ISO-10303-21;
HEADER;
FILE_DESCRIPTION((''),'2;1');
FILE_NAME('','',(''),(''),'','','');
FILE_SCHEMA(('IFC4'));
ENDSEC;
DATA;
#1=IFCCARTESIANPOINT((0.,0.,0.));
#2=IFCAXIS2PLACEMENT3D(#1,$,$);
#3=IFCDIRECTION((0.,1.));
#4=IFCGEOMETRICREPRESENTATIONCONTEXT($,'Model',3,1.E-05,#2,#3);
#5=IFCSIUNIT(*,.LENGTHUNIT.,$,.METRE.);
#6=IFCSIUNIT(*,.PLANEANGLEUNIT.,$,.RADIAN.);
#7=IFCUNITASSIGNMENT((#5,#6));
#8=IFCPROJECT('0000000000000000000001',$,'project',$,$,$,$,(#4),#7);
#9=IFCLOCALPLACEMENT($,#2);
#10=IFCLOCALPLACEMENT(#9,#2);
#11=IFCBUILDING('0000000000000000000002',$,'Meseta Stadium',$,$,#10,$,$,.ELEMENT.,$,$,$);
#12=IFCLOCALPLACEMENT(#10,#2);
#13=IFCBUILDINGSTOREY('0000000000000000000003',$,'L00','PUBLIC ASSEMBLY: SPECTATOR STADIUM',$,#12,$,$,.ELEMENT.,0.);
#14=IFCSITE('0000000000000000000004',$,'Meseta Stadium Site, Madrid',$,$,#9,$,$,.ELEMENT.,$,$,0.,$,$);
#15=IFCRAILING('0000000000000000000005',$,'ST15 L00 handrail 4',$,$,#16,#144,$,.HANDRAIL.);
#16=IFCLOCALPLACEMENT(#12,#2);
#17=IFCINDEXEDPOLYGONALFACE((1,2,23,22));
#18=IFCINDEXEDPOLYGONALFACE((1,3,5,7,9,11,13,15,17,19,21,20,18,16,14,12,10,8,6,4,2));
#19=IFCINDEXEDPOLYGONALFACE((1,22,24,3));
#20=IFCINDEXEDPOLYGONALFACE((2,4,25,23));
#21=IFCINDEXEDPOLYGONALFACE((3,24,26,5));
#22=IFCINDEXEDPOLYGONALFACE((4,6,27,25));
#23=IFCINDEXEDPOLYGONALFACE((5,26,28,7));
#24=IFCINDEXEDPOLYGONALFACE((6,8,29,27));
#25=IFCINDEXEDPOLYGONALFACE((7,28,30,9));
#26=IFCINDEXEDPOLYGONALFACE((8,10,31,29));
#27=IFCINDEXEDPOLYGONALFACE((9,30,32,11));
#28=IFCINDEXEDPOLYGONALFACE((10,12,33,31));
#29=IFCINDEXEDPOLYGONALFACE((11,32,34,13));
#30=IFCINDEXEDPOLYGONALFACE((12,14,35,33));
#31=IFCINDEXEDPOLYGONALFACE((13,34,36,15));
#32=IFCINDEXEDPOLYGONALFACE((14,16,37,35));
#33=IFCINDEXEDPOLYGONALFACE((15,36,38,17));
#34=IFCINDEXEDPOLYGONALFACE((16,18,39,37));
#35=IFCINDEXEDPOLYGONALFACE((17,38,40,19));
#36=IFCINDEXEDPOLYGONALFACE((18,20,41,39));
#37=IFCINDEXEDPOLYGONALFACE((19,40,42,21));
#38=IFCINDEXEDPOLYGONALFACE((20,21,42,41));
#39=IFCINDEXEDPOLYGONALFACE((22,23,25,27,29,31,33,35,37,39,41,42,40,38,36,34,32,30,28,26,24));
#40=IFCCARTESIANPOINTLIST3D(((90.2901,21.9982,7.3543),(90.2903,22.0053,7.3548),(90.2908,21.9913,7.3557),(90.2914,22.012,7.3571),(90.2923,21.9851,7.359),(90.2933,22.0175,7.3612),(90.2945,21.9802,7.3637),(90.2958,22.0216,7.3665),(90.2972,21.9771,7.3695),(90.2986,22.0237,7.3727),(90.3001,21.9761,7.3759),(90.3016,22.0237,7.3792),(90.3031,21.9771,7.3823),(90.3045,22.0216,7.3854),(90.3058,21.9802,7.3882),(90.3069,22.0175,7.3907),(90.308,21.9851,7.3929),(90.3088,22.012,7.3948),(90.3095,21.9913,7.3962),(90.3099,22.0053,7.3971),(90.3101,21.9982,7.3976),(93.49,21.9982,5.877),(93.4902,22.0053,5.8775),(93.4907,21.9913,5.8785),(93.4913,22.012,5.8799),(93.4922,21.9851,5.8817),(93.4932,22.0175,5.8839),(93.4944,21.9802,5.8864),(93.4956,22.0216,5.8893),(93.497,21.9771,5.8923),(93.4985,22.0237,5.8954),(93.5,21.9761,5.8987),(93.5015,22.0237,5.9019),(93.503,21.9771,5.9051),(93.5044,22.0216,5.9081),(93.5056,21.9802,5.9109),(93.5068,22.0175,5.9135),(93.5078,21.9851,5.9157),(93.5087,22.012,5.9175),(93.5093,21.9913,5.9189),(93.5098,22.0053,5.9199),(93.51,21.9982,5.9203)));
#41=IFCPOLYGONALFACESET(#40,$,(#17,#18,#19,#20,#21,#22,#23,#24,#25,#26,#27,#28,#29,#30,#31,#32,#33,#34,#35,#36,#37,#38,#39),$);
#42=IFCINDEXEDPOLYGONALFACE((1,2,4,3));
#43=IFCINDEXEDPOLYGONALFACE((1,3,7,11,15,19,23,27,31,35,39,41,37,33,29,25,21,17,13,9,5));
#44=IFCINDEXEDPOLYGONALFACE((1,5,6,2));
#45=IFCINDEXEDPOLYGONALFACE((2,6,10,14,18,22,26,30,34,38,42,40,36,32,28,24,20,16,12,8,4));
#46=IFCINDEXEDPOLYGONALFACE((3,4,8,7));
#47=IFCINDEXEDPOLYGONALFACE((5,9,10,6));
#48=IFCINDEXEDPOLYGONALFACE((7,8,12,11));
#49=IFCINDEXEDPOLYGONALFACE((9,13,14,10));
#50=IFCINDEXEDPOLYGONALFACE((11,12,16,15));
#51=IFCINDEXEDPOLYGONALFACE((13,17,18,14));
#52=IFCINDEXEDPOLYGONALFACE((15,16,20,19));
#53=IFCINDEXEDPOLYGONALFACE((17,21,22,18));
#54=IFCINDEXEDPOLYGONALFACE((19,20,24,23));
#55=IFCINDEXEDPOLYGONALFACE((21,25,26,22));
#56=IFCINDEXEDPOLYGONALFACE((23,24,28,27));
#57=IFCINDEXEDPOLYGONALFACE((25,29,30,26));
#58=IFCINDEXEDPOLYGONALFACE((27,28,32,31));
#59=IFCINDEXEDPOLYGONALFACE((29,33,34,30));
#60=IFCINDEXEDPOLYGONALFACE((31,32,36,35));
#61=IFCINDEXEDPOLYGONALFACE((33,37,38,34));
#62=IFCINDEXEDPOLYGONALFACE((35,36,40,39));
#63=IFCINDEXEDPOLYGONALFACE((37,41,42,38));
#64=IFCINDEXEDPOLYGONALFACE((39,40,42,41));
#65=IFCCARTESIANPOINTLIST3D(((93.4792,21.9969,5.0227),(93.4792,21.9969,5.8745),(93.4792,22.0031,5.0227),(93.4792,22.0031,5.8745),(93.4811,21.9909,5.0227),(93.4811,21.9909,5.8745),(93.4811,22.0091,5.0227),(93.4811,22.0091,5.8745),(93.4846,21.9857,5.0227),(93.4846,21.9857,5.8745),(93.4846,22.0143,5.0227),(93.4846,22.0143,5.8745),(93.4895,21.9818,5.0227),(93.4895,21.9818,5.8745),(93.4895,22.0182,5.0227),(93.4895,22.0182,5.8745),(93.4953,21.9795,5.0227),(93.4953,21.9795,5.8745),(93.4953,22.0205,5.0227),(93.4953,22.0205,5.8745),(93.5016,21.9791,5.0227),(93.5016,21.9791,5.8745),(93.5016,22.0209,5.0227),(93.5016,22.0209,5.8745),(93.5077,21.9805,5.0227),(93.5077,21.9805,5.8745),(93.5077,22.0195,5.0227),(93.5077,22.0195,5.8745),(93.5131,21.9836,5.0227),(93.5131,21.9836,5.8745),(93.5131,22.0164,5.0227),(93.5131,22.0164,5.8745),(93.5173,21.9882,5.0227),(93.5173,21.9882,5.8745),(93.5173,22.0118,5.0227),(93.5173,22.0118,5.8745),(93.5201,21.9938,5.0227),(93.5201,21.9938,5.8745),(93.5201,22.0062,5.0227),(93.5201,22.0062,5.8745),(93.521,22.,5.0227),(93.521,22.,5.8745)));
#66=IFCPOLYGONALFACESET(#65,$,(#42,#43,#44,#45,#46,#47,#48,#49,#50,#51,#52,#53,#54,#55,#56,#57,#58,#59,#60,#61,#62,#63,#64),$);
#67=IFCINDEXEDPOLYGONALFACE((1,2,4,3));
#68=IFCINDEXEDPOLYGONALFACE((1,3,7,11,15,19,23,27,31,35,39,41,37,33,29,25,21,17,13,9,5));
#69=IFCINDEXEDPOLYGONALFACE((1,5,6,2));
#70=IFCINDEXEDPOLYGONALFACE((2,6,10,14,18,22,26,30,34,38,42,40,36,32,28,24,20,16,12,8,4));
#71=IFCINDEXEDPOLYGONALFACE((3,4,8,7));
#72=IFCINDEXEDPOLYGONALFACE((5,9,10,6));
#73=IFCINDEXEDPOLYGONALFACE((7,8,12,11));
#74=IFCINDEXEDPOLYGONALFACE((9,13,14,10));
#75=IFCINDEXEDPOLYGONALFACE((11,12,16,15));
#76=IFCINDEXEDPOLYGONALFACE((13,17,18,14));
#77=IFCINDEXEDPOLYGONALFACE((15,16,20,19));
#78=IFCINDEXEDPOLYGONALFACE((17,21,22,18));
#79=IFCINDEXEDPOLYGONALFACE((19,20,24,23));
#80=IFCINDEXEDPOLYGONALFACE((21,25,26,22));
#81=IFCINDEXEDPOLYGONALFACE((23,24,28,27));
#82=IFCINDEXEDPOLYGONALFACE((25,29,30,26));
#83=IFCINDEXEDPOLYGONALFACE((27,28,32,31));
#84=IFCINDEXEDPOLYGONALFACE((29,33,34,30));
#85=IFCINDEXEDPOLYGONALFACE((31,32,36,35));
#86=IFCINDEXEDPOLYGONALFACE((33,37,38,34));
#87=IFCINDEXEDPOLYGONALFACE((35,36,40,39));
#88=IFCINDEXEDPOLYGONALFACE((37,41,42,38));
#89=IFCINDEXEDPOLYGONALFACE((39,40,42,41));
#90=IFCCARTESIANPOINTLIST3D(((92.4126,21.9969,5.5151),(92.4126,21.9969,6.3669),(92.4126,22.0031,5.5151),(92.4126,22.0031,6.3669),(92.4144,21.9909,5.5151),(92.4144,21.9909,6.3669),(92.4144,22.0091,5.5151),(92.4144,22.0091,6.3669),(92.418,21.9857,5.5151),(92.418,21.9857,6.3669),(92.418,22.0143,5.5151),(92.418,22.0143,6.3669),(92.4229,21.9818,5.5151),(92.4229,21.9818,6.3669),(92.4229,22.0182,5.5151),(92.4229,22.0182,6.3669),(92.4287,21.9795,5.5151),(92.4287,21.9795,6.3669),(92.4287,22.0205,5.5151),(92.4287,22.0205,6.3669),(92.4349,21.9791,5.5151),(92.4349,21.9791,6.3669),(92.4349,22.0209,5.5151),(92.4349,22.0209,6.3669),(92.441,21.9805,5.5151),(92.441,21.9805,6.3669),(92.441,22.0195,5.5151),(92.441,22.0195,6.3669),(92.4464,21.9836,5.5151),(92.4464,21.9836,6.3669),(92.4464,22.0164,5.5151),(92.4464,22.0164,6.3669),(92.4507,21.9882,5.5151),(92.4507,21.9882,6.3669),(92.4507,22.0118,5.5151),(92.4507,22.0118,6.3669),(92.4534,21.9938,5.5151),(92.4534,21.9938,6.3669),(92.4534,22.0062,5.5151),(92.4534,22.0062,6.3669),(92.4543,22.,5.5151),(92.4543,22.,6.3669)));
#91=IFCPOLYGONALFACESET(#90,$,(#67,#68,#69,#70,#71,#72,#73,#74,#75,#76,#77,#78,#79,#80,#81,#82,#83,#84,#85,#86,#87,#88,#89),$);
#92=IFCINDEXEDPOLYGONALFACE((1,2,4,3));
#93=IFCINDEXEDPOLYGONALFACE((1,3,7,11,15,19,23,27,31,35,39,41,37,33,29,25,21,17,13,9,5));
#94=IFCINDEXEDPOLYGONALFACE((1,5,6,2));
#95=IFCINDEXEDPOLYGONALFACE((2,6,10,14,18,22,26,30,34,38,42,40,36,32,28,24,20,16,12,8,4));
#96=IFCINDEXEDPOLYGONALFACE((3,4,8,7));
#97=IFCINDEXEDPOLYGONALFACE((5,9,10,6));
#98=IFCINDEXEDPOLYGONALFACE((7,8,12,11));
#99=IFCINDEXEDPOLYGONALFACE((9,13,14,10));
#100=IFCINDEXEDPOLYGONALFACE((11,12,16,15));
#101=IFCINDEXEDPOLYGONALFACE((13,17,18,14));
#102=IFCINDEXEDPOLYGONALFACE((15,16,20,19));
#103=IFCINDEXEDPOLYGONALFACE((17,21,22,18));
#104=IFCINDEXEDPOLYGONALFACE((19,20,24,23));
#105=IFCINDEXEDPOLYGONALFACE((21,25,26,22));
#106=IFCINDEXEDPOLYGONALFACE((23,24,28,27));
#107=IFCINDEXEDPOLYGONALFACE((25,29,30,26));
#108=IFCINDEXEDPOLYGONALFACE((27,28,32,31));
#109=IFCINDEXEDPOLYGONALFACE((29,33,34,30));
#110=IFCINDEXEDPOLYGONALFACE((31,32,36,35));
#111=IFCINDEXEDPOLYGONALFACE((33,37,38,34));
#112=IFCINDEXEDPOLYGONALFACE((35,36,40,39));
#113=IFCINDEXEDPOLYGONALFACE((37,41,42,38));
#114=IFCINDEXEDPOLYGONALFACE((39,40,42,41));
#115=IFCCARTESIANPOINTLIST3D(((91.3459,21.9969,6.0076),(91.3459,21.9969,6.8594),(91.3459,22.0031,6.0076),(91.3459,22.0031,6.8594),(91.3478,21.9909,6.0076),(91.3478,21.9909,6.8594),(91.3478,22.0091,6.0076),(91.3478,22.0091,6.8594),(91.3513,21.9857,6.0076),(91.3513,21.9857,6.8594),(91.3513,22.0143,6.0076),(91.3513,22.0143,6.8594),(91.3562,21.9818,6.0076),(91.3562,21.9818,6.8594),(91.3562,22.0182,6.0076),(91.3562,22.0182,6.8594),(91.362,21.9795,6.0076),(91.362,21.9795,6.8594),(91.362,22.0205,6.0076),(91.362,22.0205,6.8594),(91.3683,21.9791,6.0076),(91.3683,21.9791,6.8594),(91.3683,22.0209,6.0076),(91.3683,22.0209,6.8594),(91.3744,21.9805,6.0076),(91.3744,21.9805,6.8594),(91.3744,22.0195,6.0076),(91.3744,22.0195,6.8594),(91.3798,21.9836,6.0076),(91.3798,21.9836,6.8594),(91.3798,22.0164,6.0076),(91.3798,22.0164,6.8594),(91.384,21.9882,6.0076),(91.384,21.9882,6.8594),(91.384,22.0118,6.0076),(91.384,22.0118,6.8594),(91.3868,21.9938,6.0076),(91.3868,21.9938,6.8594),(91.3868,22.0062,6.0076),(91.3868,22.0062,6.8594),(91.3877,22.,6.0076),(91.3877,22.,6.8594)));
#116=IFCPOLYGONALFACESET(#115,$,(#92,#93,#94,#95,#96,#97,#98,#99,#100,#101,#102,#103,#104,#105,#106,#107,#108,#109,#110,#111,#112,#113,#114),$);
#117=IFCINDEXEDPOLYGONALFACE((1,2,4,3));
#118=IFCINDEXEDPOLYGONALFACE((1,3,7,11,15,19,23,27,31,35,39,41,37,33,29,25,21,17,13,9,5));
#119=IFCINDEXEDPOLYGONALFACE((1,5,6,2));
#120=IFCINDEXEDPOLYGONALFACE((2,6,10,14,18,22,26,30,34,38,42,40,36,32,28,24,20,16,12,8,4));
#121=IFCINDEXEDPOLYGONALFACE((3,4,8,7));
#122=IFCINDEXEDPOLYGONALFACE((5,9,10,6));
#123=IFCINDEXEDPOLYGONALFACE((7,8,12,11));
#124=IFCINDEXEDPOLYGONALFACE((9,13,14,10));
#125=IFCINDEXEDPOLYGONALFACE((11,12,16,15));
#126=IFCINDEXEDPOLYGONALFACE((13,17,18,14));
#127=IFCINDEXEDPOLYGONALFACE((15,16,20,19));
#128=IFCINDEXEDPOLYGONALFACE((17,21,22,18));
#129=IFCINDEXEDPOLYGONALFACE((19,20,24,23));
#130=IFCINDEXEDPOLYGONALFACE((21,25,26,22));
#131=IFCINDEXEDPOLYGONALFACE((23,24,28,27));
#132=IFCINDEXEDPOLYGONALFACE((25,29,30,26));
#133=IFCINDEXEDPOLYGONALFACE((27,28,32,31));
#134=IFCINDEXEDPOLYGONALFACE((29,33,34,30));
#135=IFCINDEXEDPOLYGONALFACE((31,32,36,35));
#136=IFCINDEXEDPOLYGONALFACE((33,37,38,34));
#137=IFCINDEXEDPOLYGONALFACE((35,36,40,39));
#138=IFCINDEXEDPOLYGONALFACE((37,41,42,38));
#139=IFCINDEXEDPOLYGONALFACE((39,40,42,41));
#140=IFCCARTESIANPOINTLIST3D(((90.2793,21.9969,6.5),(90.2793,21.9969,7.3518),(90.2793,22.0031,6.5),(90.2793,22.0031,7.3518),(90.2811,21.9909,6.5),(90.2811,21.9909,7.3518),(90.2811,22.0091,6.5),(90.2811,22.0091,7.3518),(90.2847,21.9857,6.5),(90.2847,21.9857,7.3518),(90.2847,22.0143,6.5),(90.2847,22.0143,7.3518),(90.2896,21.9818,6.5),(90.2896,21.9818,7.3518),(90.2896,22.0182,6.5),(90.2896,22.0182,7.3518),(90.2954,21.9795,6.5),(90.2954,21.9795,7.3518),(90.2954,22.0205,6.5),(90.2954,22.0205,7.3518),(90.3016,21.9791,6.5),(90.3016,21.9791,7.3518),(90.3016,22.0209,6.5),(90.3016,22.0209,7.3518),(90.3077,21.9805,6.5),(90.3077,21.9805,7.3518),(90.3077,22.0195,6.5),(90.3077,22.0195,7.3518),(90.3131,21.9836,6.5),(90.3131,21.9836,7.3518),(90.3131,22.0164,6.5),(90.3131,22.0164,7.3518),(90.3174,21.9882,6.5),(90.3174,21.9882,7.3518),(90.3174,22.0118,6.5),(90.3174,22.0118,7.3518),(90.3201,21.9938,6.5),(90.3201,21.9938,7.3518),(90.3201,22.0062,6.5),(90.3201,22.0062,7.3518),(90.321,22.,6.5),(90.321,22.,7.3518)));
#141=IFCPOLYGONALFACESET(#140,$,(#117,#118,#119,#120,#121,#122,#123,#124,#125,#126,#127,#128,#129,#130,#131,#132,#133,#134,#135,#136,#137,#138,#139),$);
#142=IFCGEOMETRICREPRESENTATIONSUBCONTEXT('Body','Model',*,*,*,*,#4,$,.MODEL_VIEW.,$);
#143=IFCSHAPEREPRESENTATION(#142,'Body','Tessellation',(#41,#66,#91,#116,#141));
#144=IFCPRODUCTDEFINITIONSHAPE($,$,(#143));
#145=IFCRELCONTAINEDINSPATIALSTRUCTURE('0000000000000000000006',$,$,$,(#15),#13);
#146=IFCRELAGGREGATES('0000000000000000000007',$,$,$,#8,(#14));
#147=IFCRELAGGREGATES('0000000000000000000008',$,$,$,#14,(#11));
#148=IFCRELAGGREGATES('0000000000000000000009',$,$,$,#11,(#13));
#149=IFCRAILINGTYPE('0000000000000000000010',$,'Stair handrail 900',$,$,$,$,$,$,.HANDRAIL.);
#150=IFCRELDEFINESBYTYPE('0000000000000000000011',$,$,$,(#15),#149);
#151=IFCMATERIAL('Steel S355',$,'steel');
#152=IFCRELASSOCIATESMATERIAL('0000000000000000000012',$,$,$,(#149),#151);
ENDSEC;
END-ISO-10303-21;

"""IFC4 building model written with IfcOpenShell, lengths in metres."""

from ifc_helpers import new_model, si_unit, direction, frame, origin, origin_2d, place, context, subcontext, project, spatial, circle, extrude, material, type_object, element, save


model = new_model("IFC4")

# Units and contexts
model_context = context("Model", 3, precision=1e-05, world=origin(), true_north=direction((0.0, 1.0)))
body_context = subcontext(model_context, "Body", "Model", "MODEL_VIEW")
ifc_project = project(units=[si_unit("LENGTHUNIT", "METRE"), si_unit("PLANEANGLEUNIT", "RADIAN")], contexts=[model_context])

# Site, building, storey
site_placement = place(None, origin())
site = spatial("IfcSite", under=ifc_project, at=site_placement, Name="Meseta Stadium Site, Madrid", CompositionType="ELEMENT", RefElevation=0.0)
building_placement = place(site_placement, origin())
building = spatial("IfcBuilding", under=site, at=building_placement, Name="Meseta Stadium", CompositionType="ELEMENT")
storey_placement = place(building_placement, origin())
storey = spatial("IfcBuildingStorey", under=building, at=storey_placement, Name="L00", Description="PUBLIC ASSEMBLY: SPECTATOR STADIUM", CompositionType="ELEMENT", Elevation=0.0)

# Railing
ifc_material_1 = material(Name="Steel S355", Category="steel")
railing_type_1 = type_object("IfcRailingType", Name="Stair handrail 900", PredefinedType="HANDRAIL", material=ifc_material_1)
for number, where, name in (
    (1, (93.5, 22.0, 5.0227), "ST15 L00 handrail 4"),
):
    element("IfcRailing", number, at=place(storey_placement, frame(where)), inside=storey, type_object=railing_type_1, Name=name, PredefinedType="HANDRAIL", context=body_context, shape_type="SweptSolid", body=[
        extrude(circle(Radius=0.0239, at=origin_2d()), frame((0.0, 0.0, 0.876), z_axis=(-0.907917, 0.0, 0.41915), x_axis=(0.0, -1.0, 0.0)), (0.0, 0.0, 1.0), 3.5244),
        extrude(circle(Radius=0.021, at=origin_2d()), origin(), (0.0, 0.0, 1.0), 0.8518),
        extrude(circle(Radius=0.021, at=origin_2d()), frame((-1.0667, 0.0, 0.4924)), (0.0, 0.0, 1.0), 0.8518),
        extrude(circle(Radius=0.021, at=origin_2d()), frame((-2.1333, 0.0, 0.9849)), (0.0, 0.0, 1.0), 0.8518),
        extrude(circle(Radius=0.021, at=origin_2d()), frame((-3.2, 0.0, 1.4773)), (0.0, 0.0, 1.0), 0.8518),
    ])

save(model, "model.ifc")
